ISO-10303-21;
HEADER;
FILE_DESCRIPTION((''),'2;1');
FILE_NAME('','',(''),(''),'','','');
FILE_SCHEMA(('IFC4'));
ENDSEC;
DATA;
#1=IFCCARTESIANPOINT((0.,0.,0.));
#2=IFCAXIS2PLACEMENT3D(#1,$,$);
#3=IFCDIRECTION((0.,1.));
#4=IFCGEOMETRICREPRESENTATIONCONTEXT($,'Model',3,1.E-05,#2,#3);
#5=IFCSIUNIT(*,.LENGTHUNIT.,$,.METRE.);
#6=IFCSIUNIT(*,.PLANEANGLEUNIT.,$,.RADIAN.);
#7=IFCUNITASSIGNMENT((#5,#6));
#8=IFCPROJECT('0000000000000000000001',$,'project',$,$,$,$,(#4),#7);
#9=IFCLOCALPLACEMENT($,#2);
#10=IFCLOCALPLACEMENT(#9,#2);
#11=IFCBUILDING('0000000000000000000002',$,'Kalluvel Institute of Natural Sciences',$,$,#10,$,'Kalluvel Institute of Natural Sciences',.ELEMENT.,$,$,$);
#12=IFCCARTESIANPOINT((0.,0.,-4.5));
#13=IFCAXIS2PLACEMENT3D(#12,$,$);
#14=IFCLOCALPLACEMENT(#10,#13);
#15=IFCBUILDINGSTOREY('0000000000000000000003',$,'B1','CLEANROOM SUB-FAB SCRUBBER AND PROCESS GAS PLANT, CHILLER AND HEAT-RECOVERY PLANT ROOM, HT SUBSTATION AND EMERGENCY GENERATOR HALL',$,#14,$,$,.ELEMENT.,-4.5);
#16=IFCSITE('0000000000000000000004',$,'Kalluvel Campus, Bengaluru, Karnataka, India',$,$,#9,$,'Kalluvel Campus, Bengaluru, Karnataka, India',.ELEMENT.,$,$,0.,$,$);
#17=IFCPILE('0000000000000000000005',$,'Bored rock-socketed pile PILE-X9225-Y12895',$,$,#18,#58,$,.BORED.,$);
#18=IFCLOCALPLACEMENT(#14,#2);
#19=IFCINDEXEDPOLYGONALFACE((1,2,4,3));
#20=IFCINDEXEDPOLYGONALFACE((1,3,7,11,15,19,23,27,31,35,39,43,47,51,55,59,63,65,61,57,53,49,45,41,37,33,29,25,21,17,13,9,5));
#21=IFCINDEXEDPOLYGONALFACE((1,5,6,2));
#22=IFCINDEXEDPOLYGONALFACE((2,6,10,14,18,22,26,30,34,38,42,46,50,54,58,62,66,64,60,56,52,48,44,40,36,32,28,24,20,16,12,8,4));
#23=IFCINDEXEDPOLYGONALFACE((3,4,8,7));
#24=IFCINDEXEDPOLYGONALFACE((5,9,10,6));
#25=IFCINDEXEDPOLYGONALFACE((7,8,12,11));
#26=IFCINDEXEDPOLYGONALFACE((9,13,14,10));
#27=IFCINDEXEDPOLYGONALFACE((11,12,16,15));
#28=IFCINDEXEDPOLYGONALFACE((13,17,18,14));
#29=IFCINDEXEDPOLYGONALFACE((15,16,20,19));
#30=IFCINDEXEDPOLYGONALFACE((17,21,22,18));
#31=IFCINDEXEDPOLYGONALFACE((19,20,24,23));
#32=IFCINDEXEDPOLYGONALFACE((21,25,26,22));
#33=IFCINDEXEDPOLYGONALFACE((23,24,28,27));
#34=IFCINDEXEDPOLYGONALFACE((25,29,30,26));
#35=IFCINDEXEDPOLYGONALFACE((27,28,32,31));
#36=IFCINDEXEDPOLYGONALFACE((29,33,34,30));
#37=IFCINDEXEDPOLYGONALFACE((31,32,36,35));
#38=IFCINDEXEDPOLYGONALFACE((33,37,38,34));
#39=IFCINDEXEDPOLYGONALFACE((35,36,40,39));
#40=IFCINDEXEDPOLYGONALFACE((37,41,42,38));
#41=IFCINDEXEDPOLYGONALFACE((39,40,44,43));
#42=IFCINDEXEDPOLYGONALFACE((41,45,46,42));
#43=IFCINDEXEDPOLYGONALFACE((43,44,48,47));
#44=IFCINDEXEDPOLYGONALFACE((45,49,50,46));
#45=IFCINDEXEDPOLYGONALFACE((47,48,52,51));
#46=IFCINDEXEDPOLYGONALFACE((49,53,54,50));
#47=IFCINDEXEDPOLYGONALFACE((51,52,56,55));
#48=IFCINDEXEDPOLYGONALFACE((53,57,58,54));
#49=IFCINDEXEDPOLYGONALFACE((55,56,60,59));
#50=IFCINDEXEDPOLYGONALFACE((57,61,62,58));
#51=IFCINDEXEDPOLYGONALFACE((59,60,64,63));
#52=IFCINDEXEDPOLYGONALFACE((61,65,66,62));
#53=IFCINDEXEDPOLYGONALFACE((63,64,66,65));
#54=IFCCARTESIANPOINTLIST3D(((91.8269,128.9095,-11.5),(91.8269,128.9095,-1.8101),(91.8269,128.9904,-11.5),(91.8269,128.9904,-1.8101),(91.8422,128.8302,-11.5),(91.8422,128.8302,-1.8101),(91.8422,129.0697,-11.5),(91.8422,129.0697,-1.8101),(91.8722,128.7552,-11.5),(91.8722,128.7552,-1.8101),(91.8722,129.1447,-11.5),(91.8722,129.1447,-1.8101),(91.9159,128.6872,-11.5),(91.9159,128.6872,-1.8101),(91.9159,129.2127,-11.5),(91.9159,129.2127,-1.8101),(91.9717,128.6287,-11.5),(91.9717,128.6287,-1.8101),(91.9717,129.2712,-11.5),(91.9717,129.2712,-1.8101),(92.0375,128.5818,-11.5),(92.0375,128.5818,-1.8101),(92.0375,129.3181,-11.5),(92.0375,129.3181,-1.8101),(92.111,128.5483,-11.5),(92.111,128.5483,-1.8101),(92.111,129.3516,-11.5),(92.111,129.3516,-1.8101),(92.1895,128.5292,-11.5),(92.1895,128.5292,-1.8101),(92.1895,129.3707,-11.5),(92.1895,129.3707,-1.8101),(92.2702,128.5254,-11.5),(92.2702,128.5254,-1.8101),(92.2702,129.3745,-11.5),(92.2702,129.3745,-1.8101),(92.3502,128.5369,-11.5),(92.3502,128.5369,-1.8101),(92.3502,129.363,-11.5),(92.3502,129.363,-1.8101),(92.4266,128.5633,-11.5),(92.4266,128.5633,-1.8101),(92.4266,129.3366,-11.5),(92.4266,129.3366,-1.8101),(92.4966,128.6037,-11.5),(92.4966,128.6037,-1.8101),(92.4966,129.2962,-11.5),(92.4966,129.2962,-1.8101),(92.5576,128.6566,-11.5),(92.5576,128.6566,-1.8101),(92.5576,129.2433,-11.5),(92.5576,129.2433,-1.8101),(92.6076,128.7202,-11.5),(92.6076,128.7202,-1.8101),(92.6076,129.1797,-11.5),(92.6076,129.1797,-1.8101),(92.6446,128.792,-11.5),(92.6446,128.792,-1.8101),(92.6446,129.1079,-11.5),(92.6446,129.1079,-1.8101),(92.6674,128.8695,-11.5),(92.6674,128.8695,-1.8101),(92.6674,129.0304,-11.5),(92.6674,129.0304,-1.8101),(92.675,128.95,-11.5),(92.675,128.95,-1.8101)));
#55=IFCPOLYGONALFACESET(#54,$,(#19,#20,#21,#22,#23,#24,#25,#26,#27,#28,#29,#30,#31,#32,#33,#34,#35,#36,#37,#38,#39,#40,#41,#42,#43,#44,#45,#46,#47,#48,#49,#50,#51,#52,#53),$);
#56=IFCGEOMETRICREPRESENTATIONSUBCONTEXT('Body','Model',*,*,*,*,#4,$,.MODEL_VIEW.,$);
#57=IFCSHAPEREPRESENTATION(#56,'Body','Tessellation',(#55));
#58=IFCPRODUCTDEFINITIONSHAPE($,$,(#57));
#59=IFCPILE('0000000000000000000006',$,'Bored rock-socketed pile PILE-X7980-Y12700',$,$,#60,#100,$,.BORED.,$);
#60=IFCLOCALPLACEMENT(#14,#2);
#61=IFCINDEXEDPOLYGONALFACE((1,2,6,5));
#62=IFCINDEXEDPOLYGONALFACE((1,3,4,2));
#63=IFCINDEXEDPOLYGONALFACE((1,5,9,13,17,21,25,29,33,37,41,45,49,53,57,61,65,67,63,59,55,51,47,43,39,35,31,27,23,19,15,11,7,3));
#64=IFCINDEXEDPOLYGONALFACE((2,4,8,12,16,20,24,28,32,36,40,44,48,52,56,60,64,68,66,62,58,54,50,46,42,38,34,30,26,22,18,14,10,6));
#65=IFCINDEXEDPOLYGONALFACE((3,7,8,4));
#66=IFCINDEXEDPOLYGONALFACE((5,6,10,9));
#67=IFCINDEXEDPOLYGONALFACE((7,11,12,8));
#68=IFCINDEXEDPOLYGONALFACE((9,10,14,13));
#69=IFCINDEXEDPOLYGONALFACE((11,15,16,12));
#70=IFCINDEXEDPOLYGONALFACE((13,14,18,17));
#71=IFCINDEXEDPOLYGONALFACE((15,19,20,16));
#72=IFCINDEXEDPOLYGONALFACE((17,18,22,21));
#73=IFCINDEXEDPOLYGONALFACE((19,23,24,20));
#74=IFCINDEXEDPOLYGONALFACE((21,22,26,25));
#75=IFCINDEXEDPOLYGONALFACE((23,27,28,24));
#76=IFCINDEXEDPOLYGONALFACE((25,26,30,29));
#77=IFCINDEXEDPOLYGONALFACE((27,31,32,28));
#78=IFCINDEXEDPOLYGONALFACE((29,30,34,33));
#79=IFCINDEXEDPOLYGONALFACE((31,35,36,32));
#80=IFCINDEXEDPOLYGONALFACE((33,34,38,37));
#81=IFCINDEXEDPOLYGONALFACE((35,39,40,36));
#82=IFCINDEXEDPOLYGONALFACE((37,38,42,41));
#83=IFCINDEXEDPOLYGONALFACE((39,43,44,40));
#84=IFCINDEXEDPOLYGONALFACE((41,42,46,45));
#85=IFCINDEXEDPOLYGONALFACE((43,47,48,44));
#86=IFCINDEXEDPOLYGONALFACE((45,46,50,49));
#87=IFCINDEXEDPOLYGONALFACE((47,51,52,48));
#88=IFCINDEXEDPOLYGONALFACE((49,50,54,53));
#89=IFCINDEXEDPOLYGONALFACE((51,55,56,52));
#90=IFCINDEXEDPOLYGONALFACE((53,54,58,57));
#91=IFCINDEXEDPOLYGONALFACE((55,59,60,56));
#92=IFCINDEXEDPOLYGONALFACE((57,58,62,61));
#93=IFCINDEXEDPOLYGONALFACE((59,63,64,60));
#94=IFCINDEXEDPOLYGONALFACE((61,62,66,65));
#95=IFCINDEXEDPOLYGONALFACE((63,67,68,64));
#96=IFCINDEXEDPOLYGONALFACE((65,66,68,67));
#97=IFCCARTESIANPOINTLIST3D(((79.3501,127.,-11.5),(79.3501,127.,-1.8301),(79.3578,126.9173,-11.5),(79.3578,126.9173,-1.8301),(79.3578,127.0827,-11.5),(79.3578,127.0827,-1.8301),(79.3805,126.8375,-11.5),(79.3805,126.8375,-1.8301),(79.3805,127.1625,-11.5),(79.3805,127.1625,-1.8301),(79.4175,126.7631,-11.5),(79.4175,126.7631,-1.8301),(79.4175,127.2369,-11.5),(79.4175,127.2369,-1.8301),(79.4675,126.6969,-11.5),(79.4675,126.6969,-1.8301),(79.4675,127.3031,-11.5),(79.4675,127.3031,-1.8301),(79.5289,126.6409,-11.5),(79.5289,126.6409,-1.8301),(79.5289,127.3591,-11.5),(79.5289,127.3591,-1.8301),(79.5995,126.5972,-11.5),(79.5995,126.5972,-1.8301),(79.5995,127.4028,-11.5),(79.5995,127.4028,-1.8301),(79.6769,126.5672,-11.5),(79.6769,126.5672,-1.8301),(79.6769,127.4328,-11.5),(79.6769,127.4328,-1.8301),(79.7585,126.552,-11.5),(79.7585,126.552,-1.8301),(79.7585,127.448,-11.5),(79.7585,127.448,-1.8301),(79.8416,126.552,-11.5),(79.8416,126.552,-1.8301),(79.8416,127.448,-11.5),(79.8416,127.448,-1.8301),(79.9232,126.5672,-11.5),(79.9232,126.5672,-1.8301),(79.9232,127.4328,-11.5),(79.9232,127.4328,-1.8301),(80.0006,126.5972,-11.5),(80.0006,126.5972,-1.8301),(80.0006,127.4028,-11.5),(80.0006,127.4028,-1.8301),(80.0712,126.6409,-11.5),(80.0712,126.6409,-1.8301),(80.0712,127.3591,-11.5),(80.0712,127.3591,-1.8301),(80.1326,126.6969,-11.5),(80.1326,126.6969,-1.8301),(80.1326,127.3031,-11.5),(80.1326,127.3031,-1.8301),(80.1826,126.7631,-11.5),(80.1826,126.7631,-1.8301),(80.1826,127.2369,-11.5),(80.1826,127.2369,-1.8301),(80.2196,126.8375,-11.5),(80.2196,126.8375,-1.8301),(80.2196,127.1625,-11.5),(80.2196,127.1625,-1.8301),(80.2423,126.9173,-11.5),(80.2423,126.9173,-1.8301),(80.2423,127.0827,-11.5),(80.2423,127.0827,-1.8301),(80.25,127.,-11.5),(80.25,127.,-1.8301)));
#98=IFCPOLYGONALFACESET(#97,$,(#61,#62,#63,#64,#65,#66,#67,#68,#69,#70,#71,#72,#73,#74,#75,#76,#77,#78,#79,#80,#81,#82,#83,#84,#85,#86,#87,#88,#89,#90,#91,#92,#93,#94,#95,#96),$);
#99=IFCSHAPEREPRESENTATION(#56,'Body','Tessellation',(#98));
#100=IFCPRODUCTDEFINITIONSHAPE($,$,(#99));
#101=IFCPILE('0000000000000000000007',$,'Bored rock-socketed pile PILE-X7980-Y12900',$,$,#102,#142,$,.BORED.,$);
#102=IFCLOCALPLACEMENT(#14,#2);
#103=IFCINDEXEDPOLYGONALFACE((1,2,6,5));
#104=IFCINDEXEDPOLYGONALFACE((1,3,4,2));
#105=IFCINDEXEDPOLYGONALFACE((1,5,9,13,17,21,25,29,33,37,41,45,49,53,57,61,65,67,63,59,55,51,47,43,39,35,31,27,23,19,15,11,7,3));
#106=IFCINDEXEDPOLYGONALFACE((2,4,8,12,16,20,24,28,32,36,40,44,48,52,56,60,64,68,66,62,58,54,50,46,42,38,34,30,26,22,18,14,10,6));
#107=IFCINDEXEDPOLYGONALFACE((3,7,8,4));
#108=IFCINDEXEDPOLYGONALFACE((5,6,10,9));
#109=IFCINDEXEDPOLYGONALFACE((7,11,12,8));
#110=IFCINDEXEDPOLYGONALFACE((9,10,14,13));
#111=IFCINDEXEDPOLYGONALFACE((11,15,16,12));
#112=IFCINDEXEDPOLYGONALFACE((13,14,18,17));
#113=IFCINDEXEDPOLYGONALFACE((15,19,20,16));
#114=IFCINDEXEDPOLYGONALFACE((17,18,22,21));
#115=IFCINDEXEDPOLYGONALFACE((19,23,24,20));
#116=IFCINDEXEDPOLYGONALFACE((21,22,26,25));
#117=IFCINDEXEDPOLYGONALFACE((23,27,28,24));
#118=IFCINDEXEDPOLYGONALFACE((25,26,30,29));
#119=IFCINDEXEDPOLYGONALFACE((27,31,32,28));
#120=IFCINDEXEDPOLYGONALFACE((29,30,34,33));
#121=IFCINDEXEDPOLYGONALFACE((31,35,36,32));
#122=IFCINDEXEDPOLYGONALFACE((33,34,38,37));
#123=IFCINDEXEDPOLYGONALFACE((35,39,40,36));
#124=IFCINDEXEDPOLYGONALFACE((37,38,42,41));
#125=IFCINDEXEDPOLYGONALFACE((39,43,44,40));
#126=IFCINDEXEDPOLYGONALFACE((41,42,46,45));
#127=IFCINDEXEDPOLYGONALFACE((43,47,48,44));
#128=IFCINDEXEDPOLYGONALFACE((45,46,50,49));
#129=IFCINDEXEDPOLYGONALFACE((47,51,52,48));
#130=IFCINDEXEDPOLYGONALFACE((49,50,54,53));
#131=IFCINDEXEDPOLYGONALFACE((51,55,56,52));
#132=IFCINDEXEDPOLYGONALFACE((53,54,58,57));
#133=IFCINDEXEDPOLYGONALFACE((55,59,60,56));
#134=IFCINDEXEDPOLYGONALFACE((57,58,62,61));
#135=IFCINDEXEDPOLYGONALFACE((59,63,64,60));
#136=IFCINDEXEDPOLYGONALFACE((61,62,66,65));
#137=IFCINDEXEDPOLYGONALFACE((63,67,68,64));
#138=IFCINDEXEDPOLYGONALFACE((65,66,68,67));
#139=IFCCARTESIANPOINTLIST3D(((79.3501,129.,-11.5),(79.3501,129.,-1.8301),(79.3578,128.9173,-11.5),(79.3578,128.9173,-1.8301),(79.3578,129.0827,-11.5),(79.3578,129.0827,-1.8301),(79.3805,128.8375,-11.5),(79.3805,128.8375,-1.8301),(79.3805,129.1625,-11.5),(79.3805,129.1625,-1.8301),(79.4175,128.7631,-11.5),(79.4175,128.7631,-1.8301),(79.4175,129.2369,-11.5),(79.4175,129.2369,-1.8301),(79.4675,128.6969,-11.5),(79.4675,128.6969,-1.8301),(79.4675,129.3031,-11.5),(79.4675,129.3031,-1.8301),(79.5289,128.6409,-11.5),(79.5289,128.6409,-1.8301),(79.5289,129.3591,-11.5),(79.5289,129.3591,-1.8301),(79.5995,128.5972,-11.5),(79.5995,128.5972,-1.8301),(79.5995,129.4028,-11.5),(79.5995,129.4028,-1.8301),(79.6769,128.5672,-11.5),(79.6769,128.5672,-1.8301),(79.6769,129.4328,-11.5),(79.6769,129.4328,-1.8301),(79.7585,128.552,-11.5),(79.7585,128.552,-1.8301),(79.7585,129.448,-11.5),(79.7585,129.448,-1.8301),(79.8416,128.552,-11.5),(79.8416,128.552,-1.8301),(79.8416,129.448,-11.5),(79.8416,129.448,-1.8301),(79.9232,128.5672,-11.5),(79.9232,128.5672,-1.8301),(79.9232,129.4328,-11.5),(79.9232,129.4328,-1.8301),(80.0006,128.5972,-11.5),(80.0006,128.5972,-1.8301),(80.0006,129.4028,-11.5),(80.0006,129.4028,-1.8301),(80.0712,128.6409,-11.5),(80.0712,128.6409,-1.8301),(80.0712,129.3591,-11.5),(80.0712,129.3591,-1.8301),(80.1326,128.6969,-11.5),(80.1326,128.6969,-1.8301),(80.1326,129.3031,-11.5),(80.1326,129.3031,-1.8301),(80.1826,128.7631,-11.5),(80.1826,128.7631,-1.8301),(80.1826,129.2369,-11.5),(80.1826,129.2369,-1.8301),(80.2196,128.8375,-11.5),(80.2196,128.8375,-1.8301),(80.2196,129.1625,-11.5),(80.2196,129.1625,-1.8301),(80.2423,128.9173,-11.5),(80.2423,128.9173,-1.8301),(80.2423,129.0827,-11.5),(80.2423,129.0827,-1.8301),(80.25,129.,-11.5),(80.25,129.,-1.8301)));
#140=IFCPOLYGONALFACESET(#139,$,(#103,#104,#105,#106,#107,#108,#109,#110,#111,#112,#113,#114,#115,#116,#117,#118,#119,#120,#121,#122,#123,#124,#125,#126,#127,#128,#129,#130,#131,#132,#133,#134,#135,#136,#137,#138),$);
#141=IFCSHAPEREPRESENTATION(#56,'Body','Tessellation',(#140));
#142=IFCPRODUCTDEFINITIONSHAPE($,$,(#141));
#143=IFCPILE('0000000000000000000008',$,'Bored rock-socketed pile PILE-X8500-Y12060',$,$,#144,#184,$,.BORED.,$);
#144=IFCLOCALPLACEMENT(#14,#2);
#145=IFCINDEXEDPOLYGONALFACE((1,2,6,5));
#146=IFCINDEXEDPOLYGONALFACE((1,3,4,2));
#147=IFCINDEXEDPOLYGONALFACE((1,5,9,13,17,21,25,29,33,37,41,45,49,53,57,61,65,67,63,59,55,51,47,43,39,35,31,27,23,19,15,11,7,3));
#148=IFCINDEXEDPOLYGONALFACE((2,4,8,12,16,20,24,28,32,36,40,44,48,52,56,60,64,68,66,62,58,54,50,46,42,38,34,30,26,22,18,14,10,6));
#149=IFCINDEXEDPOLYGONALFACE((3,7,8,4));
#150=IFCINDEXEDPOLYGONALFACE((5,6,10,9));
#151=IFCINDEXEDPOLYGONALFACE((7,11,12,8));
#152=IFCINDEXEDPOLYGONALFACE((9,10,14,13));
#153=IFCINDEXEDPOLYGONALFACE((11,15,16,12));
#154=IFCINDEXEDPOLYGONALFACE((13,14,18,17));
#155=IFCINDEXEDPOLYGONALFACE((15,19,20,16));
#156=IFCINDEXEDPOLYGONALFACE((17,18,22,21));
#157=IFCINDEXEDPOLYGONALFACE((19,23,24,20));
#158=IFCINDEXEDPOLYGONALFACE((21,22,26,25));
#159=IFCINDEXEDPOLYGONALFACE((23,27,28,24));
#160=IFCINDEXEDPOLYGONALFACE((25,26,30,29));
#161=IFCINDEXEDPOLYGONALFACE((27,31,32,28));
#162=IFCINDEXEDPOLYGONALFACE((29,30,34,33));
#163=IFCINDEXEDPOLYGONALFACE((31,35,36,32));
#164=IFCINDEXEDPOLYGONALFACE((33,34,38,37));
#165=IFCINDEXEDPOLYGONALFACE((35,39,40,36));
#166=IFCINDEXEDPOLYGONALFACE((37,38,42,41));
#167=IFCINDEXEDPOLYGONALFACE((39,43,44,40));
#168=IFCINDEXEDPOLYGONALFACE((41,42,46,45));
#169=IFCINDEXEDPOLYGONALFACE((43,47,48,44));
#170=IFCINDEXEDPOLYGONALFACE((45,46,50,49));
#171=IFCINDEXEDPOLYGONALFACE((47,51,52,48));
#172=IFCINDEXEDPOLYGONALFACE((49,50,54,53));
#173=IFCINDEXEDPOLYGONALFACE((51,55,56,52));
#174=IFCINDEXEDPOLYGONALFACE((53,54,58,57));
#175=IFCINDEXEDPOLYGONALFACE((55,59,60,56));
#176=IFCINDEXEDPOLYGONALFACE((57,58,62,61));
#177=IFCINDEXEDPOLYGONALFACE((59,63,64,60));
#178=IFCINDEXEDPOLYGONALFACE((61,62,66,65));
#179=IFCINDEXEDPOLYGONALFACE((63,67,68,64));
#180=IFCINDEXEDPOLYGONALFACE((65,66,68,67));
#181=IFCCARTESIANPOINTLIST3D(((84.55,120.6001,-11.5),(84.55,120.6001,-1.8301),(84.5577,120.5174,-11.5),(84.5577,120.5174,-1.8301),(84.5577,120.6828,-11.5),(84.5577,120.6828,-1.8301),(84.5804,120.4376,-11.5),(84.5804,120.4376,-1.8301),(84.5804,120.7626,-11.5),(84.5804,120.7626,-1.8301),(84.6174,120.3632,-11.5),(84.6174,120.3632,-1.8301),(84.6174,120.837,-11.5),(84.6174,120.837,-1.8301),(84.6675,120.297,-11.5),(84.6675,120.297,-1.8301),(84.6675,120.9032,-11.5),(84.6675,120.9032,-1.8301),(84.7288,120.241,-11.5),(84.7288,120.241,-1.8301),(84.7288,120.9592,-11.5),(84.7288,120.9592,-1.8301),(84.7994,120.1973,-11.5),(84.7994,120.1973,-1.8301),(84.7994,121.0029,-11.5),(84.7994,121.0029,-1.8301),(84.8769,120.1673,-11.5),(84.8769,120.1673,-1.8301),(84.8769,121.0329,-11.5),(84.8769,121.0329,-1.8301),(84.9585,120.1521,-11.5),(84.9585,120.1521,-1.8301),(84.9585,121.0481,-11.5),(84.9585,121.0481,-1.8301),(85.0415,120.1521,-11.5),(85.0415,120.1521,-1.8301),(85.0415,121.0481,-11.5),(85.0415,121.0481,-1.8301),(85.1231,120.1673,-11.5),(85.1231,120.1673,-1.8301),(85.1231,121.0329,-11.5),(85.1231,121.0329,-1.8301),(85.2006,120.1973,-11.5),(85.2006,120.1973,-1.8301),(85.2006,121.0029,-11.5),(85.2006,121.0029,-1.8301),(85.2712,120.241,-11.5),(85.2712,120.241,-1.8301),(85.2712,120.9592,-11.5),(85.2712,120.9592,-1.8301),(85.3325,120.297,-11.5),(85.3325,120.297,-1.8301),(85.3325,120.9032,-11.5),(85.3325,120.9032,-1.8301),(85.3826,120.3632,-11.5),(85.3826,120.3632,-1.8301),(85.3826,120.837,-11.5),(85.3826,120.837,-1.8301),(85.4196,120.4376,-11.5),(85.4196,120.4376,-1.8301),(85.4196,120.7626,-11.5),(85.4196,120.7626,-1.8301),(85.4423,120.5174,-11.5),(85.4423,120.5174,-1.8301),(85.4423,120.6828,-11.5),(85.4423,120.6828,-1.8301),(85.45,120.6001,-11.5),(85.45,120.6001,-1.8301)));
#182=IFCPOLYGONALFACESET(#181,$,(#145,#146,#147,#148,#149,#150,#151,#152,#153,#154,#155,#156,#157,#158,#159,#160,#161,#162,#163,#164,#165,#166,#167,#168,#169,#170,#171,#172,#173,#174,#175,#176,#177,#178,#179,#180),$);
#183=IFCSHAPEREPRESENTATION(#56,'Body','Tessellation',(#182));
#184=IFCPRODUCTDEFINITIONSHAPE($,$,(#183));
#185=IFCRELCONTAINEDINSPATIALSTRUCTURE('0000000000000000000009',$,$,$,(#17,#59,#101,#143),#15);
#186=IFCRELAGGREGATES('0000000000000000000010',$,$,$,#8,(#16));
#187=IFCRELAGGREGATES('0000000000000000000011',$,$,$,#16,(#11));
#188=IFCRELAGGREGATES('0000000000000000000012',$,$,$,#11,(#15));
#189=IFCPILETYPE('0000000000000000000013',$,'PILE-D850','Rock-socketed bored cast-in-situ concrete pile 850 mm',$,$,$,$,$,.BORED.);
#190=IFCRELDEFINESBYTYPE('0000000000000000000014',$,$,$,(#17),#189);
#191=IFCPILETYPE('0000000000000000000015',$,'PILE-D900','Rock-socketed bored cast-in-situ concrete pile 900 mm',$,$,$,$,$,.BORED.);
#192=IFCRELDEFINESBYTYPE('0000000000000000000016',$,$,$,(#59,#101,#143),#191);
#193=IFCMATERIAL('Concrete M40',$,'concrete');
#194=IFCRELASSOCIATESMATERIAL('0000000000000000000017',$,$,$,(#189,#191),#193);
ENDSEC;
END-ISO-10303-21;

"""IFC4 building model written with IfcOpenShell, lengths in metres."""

from ifc_helpers import new_model, si_unit, direction, frame, origin, origin_2d, place, context, subcontext, project, spatial, circle, extrude, material, material_profile, profile_set, type_object, element, save


model = new_model("IFC4")

# Units and contexts
model_context = context("Model", 3, precision=1e-05, world=origin(), true_north=direction((0.0, 1.0)))
body_context = subcontext(model_context, "Body", "Model", "MODEL_VIEW")
ifc_project = project(units=[si_unit("LENGTHUNIT", "METRE"), si_unit("PLANEANGLEUNIT", "RADIAN")], contexts=[model_context])

# Site, building, storey
site_placement = place(None, origin())
site = spatial("IfcSite", under=ifc_project, at=site_placement, Name="Kalluvel Campus, Bengaluru, Karnataka, India", LongName="Kalluvel Campus, Bengaluru, Karnataka, India", CompositionType="ELEMENT", RefElevation=0.0)
building_placement = place(site_placement, origin())
building = spatial("IfcBuilding", under=site, at=building_placement, Name="Kalluvel Institute of Natural Sciences", LongName="Kalluvel Institute of Natural Sciences", CompositionType="ELEMENT")
storey_placement = place(building_placement, frame((0.0, 0.0, -4.5)))
storey = spatial("IfcBuildingStorey", under=building, at=storey_placement, Name="B1", Description="CLEANROOM SUB-FAB SCRUBBER AND PROCESS GAS PLANT, CHILLER AND HEAT-RECOVERY PLANT ROOM, HT SUBSTATION AND EMERGENCY GENERATOR HALL", CompositionType="ELEMENT", Elevation=-4.5)

# Shared definitions
ifc_material_1 = material(Name="Concrete M40", Category="concrete")

# Piles
ifc_material_profile_1 = material_profile(ifc_material_1, circle(Radius=0.425, at=origin_2d()), Name="PILE D850")
ifc_profile_set_1 = profile_set([ifc_material_profile_1], Name="Concrete M40")
pile_type_1 = type_object("IfcPileType", Name="PILE-D850", Description="Rock-socketed bored cast-in-situ concrete pile 850 mm", PredefinedType="BORED", material=ifc_profile_set_1)
for number, where, z_axis, x_axis, name in (
    (1, (92.25, 128.95, -1.8101), (0.0, 0.0, -1.0), (1.0, 0.0, 0.0), "Bored rock-socketed pile PILE-X9225-Y12895"),
):
    element("IfcPile", number, at=place(storey_placement, frame(where, z_axis=z_axis, x_axis=x_axis)), inside=storey, type_object=pile_type_1, Name=name, PredefinedType="BORED", context=body_context, shape_type="SweptSolid", body=[
        extrude(circle(Radius=0.425, at=origin_2d()), origin(), (0.0, 0.0, 1.0), 9.6899),
    ])
ifc_material_profile_2 = material_profile(ifc_material_1, circle(Radius=0.45, at=origin_2d()), Name="PILE D900")
ifc_profile_set_2 = profile_set([ifc_material_profile_2], Name="Concrete M40")
pile_type_2 = type_object("IfcPileType", Name="PILE-D900", Description="Rock-socketed bored cast-in-situ concrete pile 900 mm", PredefinedType="BORED", material=ifc_profile_set_2)
for number, where, z_axis, x_axis, name in (
    (2, (79.8, 127.0, -1.8301), (0.0, 0.0, -1.0), (1.0, 0.0, 0.0), "Bored rock-socketed pile PILE-X7980-Y12700"),
    (3, (79.8, 129.0, -1.8301), (0.0, 0.0, -1.0), (1.0, 0.0, 0.0), "Bored rock-socketed pile PILE-X7980-Y12900"),
    (4, (85.0, 120.6001, -1.8301), (0.0, 0.0, -1.0), (1.0, 0.0, 0.0), "Bored rock-socketed pile PILE-X8500-Y12060"),
):
    element("IfcPile", number, at=place(storey_placement, frame(where, z_axis=z_axis, x_axis=x_axis)), inside=storey, type_object=pile_type_2, Name=name, PredefinedType="BORED", context=body_context, shape_type="SweptSolid", body=[
        extrude(circle(Radius=0.45, at=origin_2d()), origin(), (0.0, 0.0, 1.0), 9.6699),
    ])

save(model, "model.ifc")
